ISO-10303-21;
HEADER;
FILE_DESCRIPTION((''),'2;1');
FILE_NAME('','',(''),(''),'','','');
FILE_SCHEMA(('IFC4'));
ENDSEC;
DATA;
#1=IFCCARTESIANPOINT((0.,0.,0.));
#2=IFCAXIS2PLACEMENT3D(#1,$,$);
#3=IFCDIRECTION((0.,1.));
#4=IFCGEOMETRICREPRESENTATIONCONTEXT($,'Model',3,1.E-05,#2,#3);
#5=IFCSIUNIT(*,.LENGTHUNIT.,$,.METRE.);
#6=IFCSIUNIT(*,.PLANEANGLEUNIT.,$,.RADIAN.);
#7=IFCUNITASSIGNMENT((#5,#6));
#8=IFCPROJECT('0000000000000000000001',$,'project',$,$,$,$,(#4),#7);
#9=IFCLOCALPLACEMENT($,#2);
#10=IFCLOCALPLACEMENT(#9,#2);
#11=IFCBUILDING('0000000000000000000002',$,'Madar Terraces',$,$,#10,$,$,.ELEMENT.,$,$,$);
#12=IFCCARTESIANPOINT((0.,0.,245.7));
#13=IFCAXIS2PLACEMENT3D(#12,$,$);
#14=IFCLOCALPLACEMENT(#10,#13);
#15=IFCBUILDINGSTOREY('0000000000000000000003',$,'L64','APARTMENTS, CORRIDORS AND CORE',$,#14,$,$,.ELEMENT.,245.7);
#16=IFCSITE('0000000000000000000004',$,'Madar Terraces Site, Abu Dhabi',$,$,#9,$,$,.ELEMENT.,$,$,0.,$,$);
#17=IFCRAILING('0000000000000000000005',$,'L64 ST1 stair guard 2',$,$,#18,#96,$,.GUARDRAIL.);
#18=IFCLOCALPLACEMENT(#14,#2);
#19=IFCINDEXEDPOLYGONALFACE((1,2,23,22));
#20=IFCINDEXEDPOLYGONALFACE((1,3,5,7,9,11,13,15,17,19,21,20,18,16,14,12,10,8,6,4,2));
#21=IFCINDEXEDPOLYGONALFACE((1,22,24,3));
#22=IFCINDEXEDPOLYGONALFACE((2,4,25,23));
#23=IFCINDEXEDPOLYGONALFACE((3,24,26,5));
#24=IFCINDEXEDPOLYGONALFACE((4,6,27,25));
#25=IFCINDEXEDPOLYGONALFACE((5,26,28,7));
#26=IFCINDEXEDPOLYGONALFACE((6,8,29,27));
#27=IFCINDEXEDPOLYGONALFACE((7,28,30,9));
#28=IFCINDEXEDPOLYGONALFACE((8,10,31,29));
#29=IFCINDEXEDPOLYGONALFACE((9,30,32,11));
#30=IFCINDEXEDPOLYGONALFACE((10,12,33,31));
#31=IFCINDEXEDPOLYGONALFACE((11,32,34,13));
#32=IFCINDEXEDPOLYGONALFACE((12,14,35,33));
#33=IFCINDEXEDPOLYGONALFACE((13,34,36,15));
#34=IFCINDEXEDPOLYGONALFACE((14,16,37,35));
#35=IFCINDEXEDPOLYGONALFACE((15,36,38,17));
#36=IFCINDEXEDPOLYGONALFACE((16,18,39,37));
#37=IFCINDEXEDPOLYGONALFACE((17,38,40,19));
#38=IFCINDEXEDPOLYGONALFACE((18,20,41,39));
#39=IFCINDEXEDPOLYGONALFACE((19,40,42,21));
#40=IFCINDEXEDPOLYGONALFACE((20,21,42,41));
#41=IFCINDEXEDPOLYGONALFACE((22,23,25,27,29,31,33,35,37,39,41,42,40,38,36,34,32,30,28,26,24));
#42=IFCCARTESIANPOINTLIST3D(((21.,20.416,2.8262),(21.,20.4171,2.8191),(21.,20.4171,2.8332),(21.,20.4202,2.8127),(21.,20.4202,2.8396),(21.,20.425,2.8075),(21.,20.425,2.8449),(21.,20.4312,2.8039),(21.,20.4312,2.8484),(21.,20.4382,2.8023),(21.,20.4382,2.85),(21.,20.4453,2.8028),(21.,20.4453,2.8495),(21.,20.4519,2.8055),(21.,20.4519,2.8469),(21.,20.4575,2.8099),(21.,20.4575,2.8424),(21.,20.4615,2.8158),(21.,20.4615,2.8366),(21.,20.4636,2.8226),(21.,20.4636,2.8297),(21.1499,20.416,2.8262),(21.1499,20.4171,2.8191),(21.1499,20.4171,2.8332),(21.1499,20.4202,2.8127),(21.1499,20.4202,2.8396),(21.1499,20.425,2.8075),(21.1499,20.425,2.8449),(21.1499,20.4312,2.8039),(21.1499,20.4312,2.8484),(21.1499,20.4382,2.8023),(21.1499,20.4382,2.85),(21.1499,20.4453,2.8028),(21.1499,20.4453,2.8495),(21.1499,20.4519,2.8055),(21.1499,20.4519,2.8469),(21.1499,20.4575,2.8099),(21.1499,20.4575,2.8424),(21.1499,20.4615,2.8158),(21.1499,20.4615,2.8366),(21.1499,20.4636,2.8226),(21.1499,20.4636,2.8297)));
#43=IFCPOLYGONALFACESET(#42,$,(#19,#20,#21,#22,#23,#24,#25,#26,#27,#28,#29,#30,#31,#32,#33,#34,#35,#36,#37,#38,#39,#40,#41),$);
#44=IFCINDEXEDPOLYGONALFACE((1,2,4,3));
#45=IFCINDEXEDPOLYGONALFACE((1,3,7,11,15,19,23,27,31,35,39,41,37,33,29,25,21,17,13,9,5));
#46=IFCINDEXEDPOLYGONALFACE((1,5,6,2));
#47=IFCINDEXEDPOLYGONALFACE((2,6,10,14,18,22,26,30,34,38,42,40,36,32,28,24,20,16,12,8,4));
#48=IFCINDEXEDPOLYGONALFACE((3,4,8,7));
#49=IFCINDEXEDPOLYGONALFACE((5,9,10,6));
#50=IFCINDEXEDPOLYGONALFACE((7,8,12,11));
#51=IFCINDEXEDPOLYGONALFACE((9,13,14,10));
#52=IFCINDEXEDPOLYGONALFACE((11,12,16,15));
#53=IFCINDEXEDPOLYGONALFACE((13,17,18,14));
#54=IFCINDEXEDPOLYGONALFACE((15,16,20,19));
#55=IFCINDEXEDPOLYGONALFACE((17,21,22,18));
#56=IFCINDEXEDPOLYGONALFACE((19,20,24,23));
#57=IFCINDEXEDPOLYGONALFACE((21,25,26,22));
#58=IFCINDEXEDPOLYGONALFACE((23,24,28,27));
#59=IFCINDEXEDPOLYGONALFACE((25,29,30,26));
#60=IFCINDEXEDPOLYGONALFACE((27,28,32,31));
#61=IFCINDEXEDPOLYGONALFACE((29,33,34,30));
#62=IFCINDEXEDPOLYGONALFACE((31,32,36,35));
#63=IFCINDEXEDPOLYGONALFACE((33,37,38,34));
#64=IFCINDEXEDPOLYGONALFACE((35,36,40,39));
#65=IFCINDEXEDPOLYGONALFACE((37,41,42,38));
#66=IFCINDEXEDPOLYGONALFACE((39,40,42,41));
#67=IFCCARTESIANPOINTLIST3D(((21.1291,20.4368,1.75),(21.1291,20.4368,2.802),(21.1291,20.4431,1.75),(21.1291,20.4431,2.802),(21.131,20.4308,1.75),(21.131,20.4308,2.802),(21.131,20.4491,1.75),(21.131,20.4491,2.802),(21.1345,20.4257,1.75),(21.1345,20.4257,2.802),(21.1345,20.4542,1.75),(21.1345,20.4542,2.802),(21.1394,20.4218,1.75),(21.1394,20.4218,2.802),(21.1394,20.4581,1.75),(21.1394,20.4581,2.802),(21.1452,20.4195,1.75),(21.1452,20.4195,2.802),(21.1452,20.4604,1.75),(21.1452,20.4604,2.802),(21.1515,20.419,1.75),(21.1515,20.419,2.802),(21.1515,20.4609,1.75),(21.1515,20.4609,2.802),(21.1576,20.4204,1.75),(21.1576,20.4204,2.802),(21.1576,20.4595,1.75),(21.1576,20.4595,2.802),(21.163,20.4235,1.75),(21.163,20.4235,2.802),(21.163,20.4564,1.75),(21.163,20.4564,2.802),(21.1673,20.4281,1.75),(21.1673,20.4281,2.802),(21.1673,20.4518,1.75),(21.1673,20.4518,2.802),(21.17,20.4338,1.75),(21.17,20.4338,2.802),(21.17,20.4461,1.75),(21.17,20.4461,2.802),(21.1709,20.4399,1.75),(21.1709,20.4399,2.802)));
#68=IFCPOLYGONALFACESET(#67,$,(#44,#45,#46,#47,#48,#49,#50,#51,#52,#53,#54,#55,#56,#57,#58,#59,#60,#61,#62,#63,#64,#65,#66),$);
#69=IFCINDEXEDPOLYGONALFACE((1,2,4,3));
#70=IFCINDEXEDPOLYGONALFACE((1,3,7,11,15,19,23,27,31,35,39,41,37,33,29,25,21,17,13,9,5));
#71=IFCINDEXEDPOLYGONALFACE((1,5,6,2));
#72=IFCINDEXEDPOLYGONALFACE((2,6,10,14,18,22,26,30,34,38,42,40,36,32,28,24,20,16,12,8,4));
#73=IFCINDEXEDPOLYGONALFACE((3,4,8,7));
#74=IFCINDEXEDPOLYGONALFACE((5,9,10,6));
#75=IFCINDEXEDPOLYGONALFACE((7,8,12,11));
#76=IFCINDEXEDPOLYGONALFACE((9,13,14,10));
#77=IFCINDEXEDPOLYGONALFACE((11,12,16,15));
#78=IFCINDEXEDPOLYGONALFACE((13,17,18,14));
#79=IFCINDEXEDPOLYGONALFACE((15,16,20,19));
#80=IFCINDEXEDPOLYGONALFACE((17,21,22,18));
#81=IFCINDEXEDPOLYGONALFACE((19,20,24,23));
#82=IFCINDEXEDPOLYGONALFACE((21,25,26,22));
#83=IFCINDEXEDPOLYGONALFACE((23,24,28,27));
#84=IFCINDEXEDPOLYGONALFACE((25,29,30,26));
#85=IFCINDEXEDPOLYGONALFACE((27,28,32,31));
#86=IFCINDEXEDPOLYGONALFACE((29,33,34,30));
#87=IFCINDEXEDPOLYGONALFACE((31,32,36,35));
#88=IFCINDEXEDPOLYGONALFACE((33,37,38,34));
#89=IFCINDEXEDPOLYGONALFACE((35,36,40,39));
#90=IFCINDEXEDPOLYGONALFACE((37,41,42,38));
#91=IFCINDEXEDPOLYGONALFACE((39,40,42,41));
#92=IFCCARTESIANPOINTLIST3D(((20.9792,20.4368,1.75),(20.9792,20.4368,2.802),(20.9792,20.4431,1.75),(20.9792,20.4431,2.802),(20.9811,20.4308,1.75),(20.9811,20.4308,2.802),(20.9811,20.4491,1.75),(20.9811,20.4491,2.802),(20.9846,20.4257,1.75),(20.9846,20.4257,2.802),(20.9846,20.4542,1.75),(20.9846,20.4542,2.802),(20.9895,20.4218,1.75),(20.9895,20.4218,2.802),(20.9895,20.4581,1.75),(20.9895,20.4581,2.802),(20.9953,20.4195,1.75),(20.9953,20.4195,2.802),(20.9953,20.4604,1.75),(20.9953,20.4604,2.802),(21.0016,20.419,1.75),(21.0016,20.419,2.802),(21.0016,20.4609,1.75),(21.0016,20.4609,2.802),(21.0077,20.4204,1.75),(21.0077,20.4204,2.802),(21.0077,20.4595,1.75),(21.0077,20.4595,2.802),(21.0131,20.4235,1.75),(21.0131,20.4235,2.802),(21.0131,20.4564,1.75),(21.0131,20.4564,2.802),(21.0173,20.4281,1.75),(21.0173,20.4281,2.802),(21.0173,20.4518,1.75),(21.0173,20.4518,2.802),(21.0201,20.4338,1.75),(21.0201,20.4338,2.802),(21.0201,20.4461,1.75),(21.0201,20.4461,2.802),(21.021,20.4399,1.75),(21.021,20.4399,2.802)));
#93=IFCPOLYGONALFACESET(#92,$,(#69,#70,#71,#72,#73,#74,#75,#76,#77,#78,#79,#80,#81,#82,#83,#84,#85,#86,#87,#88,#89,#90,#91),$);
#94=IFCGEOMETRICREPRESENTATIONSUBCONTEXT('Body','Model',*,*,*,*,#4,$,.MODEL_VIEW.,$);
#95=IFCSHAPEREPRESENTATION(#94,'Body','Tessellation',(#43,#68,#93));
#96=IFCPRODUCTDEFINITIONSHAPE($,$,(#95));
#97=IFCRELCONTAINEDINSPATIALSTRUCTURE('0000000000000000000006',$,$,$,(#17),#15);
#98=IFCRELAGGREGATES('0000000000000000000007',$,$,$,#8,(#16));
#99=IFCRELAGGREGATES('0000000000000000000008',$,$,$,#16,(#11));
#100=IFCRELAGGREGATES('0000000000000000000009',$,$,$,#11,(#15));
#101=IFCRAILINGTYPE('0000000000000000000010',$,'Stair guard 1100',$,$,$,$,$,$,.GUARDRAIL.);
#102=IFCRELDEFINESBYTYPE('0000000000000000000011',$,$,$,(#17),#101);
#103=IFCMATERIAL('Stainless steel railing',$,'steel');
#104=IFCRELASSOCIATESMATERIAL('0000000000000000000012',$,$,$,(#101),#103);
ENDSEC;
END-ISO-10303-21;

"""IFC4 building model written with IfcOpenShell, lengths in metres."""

from ifc_helpers import new_model, si_unit, direction, frame, origin, origin_2d, place, context, subcontext, project, spatial, circle, extrude, material, type_object, element, save


model = new_model("IFC4")

# Units and contexts
model_context = context("Model", 3, precision=1e-05, world=origin(), true_north=direction((0.0, 1.0)))
body_context = subcontext(model_context, "Body", "Model", "MODEL_VIEW")
ifc_project = project(units=[si_unit("LENGTHUNIT", "METRE"), si_unit("PLANEANGLEUNIT", "RADIAN")], contexts=[model_context])

# Site, building, storey
site_placement = place(None, origin())
site = spatial("IfcSite", under=ifc_project, at=site_placement, Name="Madar Terraces Site, Abu Dhabi", CompositionType="ELEMENT", RefElevation=0.0)
building_placement = place(site_placement, origin())
building = spatial("IfcBuilding", under=site, at=building_placement, Name="Madar Terraces", CompositionType="ELEMENT")
storey_placement = place(building_placement, frame((0.0, 0.0, 245.7)))
storey = spatial("IfcBuildingStorey", under=building, at=storey_placement, Name="L64", Description="APARTMENTS, CORRIDORS AND CORE", CompositionType="ELEMENT", Elevation=245.7)

# Railing
ifc_material_1 = material(Name="Stainless steel railing", Category="steel")
railing_type_1 = type_object("IfcRailingType", Name="Stair guard 1100", PredefinedType="GUARDRAIL", material=ifc_material_1)
railing_1_placement = place(storey_placement, frame((21.1499, 20.4399, 1.75)))
element("IfcRailing", 1, at=railing_1_placement, inside=storey, type_object=railing_type_1, Name="L64 ST1 stair guard 2", PredefinedType="GUARDRAIL", context=body_context, shape_type="SweptSolid", body=[
    extrude(circle(Radius=0.0239, at=origin_2d()), frame((0.0, 0.0, 1.0762), z_axis=(-1.0, 0.0, 0.0), x_axis=(0.0, -1.0, 0.0)), (0.0, 0.0, 1.0), 0.1499),
    extrude(circle(Radius=0.021, at=origin_2d()), origin(), (0.0, 0.0, 1.0), 1.052),
    extrude(circle(Radius=0.021, at=origin_2d()), frame((-0.1499, 0.0, 0.0)), (0.0, 0.0, 1.0), 1.052),
])

save(model, "model.ifc")
